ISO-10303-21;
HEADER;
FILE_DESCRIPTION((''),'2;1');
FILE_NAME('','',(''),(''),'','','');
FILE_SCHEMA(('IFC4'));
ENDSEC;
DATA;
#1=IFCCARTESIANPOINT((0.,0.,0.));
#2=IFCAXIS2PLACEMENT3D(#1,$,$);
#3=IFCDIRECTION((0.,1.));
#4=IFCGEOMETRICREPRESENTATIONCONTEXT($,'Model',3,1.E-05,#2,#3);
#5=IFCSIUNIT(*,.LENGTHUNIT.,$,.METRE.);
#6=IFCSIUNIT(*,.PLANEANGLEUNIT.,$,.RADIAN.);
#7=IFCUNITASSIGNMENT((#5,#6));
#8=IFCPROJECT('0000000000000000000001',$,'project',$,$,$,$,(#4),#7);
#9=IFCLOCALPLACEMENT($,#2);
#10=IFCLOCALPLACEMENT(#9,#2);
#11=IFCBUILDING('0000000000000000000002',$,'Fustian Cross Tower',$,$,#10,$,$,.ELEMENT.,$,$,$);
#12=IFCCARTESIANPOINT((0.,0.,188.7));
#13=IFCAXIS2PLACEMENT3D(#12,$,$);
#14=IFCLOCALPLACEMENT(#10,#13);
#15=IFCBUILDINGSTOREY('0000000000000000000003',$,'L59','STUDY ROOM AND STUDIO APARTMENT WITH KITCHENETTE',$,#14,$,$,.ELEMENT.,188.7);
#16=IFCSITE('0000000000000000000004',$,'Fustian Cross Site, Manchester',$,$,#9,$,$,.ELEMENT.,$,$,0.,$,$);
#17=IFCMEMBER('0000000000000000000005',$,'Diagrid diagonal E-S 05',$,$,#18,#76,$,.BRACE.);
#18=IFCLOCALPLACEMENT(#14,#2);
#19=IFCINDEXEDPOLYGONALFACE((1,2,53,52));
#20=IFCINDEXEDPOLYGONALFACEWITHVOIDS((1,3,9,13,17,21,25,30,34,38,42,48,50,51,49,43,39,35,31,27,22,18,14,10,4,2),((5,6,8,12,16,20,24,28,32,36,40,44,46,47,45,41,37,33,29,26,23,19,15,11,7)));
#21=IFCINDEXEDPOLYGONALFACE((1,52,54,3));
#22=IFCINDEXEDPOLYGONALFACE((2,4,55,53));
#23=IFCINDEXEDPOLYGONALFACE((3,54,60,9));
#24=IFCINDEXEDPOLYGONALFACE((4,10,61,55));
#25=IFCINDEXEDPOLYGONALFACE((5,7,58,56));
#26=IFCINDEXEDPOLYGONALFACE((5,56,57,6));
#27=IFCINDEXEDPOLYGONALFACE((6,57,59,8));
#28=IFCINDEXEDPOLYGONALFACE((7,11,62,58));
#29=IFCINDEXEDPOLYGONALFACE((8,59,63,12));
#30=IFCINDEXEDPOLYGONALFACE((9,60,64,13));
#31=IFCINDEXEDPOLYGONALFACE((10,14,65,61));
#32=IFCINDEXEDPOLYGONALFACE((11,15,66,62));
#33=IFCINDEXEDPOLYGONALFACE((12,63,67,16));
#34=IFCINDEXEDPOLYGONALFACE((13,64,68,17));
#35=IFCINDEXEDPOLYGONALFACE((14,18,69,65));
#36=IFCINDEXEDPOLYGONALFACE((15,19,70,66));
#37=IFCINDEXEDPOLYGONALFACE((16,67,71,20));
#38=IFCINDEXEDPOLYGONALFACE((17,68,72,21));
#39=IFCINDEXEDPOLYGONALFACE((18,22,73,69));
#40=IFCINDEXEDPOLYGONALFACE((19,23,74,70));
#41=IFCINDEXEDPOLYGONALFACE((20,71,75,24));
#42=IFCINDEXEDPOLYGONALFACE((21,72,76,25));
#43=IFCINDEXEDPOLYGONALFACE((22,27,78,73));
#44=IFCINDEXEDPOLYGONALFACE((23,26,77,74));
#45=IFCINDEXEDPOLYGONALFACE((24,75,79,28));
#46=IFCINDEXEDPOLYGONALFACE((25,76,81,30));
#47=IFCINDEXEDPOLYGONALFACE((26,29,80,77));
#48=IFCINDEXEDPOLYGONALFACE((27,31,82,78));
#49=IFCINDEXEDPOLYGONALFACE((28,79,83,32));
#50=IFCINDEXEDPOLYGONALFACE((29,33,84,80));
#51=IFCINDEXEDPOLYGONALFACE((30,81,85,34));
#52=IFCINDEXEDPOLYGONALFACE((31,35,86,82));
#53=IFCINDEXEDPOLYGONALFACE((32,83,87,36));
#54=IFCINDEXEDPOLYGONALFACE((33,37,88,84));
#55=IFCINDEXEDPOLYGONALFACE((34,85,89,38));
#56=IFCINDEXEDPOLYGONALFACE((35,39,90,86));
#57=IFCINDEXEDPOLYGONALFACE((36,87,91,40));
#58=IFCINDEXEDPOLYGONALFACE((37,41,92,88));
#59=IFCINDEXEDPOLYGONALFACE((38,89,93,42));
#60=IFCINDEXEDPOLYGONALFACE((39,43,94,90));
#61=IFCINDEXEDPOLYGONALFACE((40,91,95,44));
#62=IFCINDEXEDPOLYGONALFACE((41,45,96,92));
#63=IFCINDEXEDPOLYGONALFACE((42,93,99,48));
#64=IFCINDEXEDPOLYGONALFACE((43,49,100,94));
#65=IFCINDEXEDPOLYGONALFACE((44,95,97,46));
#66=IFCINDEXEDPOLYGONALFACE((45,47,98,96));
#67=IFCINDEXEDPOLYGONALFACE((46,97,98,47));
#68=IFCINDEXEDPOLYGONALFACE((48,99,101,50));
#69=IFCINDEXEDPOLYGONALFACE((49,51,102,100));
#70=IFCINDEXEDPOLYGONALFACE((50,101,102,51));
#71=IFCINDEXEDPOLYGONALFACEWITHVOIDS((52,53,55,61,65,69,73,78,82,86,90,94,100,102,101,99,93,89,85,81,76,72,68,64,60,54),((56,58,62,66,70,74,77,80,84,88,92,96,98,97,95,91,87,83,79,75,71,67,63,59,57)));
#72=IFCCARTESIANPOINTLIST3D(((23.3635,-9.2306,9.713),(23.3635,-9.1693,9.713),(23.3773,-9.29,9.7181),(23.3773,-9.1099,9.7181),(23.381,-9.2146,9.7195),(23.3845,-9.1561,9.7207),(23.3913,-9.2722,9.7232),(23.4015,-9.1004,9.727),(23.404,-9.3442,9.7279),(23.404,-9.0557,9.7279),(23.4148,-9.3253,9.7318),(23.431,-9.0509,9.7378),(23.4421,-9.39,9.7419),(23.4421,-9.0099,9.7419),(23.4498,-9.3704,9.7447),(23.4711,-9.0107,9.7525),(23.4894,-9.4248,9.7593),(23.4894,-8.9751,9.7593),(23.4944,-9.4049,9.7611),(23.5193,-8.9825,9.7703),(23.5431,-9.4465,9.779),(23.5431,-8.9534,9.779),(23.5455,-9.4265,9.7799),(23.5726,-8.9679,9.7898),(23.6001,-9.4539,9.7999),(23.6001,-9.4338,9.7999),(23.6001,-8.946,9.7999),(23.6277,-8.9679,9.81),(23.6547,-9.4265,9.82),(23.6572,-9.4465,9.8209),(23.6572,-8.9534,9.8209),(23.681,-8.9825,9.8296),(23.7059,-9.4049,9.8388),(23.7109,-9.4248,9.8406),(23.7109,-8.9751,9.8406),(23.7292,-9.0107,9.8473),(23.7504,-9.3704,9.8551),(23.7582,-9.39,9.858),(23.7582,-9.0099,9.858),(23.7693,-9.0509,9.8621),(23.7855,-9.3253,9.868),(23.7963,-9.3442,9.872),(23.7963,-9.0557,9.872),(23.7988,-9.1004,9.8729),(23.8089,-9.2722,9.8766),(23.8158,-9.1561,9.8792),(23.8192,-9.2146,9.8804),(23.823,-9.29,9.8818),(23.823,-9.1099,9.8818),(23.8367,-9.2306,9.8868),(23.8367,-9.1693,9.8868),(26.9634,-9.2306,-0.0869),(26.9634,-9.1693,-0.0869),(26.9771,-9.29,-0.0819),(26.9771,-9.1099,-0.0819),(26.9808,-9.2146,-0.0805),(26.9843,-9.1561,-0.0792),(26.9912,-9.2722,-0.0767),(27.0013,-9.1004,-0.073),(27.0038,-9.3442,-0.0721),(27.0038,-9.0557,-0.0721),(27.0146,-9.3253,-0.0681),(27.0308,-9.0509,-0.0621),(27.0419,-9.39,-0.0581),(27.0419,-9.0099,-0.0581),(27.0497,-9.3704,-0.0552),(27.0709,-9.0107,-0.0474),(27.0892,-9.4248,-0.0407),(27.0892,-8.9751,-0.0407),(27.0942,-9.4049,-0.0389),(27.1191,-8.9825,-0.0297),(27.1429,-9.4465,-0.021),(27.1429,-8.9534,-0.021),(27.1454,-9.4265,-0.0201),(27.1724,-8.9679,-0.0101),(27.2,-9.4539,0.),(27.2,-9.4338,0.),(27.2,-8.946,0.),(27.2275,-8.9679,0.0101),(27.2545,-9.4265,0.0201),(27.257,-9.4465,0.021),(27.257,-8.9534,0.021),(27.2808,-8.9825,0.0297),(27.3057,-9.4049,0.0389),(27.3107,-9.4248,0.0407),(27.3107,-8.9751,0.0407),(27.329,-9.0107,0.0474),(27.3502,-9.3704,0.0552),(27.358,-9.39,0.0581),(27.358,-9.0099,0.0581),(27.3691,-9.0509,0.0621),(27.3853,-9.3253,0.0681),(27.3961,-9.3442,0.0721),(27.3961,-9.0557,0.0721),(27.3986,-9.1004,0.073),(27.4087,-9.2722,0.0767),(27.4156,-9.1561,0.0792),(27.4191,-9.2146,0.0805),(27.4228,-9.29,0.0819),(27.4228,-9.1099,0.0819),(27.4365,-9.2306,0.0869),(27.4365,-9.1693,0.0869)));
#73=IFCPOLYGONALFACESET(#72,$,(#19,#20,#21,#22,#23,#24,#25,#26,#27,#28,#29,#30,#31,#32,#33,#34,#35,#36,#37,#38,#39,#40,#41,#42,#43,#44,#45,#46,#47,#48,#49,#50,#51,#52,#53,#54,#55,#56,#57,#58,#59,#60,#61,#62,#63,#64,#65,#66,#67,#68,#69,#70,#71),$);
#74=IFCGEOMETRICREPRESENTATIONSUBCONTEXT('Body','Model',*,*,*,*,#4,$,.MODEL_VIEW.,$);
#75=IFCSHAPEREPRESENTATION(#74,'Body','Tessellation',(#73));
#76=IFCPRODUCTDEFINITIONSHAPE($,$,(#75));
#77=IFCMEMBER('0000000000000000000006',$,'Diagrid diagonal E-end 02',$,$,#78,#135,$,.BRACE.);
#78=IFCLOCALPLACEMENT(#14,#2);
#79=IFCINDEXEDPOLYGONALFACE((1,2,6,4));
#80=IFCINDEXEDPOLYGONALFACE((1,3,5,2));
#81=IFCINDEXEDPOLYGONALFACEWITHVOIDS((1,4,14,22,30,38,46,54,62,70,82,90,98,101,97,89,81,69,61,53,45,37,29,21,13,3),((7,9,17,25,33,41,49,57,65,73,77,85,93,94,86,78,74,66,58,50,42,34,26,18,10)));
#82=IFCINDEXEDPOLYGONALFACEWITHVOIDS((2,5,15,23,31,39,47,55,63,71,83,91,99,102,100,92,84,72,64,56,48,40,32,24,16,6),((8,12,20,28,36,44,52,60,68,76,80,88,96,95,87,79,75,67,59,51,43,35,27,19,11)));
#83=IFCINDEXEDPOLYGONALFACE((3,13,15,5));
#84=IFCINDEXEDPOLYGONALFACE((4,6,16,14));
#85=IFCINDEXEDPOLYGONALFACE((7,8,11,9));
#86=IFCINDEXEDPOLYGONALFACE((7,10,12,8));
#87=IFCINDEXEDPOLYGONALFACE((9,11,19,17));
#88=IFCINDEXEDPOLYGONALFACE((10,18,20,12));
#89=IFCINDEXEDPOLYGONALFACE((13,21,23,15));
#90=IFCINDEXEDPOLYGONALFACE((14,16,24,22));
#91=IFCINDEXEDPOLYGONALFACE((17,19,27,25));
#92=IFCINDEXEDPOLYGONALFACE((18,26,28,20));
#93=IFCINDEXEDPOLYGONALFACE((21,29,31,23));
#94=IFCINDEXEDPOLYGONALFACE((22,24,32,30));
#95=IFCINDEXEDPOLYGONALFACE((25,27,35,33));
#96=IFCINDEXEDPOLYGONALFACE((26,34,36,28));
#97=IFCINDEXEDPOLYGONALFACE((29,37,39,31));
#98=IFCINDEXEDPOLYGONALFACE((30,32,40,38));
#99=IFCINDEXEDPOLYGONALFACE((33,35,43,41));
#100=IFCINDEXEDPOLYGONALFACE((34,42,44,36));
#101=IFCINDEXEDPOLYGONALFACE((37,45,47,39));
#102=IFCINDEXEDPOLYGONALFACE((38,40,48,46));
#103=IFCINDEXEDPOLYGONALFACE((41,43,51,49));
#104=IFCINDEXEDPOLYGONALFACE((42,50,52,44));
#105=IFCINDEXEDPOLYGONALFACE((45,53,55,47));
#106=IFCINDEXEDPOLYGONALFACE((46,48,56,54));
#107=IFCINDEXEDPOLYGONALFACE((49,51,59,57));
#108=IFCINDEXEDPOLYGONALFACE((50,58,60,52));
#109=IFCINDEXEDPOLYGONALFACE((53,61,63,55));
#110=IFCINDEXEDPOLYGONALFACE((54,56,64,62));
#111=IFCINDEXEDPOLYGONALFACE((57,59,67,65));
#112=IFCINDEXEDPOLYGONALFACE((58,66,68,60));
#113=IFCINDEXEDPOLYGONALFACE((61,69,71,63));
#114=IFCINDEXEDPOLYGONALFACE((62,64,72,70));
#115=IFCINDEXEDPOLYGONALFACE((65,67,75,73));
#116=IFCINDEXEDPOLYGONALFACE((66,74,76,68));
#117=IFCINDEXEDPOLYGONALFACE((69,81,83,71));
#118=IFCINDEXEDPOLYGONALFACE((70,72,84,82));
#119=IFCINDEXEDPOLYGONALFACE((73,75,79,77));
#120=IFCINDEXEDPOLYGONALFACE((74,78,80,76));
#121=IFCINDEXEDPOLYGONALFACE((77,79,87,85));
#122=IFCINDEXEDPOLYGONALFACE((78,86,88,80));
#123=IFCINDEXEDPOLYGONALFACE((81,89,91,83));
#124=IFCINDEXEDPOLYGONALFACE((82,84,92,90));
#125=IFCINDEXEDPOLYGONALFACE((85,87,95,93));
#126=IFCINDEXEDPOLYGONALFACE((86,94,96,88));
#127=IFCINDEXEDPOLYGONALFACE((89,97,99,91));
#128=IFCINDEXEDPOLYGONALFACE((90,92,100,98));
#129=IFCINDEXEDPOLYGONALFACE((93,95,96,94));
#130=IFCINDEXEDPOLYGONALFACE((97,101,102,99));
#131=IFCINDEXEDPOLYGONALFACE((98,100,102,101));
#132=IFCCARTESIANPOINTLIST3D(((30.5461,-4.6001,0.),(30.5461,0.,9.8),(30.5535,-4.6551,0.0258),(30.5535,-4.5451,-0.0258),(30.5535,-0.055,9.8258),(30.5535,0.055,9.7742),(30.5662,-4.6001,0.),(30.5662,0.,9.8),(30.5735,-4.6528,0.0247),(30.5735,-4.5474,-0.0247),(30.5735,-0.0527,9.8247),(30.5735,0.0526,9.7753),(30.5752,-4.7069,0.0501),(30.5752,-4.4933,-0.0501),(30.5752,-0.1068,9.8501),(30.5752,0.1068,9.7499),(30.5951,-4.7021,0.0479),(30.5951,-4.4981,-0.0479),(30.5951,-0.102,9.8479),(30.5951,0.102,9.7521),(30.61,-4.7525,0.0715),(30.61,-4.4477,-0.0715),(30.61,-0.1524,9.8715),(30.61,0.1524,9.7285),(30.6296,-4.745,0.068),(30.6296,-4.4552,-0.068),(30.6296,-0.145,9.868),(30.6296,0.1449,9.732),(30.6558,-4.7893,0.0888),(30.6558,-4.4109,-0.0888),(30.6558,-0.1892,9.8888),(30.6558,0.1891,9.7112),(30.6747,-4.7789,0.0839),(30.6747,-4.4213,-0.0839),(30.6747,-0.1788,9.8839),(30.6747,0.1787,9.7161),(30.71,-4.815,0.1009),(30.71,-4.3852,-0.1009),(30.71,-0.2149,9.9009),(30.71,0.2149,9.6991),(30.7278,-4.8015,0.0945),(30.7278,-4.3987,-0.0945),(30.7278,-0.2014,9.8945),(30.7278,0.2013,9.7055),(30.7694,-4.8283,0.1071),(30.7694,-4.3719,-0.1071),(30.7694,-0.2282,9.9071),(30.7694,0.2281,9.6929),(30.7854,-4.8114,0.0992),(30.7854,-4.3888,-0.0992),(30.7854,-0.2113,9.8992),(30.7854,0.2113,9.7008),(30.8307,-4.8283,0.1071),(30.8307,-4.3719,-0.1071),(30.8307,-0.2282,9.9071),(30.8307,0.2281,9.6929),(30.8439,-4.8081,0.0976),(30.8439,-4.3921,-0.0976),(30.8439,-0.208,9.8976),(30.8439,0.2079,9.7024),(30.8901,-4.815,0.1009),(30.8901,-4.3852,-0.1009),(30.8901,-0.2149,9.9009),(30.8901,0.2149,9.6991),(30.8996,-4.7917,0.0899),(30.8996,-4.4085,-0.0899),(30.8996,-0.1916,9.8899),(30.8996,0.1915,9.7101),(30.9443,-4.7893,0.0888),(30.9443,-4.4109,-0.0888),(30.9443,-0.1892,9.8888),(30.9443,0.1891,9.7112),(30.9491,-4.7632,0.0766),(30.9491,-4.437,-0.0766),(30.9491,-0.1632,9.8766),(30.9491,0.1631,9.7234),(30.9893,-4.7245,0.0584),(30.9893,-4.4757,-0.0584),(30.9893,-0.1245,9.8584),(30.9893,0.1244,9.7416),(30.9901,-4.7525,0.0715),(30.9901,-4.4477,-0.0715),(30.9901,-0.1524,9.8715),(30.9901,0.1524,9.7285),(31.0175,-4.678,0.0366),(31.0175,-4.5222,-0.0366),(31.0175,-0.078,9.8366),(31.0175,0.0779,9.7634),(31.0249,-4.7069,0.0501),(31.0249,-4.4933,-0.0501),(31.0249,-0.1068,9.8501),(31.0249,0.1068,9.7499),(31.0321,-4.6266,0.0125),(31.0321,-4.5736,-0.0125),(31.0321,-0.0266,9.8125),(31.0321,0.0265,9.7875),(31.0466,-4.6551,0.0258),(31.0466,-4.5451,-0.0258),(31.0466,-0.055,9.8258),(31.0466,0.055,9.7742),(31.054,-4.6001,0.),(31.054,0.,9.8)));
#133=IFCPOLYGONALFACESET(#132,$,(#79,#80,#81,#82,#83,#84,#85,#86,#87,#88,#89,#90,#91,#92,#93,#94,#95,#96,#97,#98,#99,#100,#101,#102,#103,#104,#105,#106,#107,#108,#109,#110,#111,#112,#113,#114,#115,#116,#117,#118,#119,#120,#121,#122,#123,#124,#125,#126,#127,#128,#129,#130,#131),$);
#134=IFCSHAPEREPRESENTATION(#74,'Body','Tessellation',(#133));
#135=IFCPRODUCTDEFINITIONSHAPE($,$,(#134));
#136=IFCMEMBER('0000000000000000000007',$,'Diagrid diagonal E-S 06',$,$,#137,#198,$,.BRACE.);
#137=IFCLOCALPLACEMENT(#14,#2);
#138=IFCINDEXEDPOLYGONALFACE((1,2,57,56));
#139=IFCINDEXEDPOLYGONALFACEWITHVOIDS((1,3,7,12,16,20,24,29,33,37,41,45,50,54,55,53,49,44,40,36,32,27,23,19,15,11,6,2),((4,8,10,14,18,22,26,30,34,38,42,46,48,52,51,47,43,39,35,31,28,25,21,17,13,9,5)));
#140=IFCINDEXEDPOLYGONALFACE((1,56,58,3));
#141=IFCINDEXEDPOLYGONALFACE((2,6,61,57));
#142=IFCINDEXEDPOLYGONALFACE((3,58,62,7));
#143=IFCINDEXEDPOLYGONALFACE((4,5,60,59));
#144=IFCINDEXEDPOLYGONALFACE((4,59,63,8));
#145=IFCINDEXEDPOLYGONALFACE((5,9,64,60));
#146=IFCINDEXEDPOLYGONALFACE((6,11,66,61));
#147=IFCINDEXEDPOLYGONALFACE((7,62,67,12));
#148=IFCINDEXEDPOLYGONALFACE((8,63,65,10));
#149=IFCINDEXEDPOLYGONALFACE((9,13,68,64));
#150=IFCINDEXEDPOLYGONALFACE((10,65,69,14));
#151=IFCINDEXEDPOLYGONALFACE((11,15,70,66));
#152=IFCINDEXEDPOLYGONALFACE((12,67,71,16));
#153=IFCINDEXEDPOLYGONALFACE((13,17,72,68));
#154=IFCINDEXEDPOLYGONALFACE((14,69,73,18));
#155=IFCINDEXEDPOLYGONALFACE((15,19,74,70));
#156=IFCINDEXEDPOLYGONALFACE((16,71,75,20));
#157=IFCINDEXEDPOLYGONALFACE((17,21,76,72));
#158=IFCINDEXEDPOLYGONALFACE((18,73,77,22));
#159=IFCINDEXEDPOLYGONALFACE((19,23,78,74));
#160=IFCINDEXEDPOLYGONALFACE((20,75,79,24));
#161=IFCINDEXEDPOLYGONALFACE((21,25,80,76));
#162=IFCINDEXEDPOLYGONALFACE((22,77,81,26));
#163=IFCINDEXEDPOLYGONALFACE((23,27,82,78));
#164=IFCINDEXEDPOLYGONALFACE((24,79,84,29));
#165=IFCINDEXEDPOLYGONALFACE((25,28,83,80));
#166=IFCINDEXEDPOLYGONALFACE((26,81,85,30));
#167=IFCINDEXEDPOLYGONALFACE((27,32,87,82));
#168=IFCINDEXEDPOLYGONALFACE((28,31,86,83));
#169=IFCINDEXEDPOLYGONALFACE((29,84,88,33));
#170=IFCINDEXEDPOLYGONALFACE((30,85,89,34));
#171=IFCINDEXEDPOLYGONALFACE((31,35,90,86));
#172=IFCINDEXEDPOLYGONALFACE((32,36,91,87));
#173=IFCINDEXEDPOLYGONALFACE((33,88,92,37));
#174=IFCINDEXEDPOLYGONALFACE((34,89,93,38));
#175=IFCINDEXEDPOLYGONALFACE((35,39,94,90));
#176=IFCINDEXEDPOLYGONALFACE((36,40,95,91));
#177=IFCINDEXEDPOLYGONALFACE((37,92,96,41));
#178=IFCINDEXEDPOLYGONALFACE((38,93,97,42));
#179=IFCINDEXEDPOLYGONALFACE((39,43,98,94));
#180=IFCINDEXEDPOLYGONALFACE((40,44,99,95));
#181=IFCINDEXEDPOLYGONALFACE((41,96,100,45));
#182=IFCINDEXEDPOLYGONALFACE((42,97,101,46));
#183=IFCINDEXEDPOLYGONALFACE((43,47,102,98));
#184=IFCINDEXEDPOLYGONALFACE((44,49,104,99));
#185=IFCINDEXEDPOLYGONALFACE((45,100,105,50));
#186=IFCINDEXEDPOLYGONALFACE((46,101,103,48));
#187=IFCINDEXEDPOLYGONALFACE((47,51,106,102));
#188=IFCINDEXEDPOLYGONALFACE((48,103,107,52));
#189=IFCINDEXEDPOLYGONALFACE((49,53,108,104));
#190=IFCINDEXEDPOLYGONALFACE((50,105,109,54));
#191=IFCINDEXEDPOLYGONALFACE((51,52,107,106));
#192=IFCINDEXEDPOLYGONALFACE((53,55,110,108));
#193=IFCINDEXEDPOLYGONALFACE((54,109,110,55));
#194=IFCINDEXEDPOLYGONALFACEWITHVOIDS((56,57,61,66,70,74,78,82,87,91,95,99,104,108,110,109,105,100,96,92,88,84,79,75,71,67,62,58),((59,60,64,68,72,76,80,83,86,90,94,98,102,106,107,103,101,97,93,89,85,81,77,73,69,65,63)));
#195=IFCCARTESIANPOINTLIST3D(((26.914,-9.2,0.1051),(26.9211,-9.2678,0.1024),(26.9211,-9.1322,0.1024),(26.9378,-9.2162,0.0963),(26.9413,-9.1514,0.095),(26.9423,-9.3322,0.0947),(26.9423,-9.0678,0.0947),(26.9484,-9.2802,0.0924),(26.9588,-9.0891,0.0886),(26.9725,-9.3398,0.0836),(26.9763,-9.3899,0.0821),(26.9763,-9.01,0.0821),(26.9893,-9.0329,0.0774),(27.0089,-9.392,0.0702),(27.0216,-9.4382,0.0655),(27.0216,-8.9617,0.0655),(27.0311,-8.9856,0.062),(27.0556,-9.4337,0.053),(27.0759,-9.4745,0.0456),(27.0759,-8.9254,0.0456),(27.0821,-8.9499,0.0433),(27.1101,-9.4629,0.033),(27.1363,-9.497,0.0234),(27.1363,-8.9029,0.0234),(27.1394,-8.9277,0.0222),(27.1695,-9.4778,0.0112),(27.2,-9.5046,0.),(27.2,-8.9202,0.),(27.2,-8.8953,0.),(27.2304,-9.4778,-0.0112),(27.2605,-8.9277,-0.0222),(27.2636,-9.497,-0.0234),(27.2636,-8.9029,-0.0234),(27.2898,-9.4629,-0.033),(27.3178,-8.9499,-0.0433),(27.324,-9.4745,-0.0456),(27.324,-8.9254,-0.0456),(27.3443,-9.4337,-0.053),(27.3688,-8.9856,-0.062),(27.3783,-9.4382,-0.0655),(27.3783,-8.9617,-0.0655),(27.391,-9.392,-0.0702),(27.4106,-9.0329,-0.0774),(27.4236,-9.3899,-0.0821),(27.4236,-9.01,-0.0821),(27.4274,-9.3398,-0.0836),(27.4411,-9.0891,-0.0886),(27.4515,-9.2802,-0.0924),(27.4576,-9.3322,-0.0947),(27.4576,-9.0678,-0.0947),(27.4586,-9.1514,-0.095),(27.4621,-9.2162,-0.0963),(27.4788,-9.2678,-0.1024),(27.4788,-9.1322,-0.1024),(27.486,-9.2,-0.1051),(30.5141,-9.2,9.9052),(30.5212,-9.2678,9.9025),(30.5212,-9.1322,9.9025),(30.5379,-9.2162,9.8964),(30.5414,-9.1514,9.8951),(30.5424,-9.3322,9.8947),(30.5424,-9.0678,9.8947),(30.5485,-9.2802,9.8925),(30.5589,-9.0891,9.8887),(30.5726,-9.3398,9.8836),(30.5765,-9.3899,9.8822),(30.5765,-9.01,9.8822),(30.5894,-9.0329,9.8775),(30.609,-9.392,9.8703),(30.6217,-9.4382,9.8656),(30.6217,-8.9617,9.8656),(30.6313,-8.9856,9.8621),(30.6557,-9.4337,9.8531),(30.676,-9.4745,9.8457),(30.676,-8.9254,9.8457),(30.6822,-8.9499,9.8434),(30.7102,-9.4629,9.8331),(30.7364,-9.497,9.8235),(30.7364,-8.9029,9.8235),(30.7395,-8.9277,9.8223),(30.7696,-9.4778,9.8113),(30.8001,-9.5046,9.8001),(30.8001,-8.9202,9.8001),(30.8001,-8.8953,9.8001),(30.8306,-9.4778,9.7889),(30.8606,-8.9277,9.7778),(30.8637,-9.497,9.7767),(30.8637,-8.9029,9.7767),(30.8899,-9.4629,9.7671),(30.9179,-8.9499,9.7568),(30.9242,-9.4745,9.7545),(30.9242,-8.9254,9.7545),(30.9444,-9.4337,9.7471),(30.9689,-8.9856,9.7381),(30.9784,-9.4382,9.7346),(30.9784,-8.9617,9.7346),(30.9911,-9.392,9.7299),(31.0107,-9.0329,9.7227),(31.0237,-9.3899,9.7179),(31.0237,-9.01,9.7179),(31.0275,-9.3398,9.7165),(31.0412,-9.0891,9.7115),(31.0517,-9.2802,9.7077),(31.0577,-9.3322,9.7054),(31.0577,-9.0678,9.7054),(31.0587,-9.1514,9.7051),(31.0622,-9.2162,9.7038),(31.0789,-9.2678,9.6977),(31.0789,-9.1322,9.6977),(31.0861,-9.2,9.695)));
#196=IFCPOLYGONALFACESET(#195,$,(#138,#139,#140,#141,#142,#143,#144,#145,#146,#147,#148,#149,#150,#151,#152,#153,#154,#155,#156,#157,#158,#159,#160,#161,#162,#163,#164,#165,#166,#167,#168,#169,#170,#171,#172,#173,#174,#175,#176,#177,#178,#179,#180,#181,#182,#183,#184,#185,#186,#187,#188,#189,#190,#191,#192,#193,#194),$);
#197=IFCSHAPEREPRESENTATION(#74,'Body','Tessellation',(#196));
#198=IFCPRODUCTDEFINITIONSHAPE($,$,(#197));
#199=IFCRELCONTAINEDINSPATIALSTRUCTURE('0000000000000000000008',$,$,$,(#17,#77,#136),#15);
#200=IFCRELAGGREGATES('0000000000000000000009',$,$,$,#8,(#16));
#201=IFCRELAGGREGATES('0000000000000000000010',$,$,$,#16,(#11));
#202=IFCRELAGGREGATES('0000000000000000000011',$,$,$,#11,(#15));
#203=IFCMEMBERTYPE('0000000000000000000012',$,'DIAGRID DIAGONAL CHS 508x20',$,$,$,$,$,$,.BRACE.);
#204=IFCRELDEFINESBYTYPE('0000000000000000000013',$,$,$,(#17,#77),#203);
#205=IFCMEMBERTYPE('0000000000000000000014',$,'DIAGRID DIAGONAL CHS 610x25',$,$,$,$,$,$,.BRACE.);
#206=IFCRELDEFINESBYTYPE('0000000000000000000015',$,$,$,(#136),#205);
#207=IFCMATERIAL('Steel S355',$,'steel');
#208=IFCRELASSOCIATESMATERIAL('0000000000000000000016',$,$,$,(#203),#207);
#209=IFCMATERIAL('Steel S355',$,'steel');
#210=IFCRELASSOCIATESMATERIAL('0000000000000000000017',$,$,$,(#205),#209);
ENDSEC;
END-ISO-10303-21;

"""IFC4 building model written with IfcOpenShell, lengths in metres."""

from ifc_helpers import new_model, si_unit, direction, frame, origin, origin_2d, place, context, subcontext, project, spatial, hollow_circle, extrude, material, material_profile, profile_set, type_object, element, save


model = new_model("IFC4")

# Units and contexts
model_context = context("Model", 3, precision=1e-05, world=origin(), true_north=direction((0.0, 1.0)))
body_context = subcontext(model_context, "Body", "Model", "MODEL_VIEW")
ifc_project = project(units=[si_unit("LENGTHUNIT", "METRE"), si_unit("PLANEANGLEUNIT", "RADIAN")], contexts=[model_context])

# Site, building, storey
site_placement = place(None, origin())
site = spatial("IfcSite", under=ifc_project, at=site_placement, Name="Fustian Cross Site, Manchester", CompositionType="ELEMENT", RefElevation=0.0)
building_placement = place(site_placement, origin())
building = spatial("IfcBuilding", under=site, at=building_placement, Name="Fustian Cross Tower", CompositionType="ELEMENT")
storey_placement = place(building_placement, frame((0.0, 0.0, 188.7)))
storey = spatial("IfcBuildingStorey", under=building, at=storey_placement, Name="L59", Description="STUDY ROOM AND STUDIO APARTMENT WITH KITCHENETTE", CompositionType="ELEMENT", Elevation=188.7)

# Members
ifc_material_1 = material(Name="Steel S355", Category="steel")
ifc_material_profile_1 = material_profile(ifc_material_1, hollow_circle(Radius=0.2539, WallThickness=0.02, at=origin_2d()), Name="CHS 508x20")
ifc_profile_set_1 = profile_set([ifc_material_profile_1], Name="Steel S355")
member_type_1 = type_object("IfcMemberType", Name="DIAGRID DIAGONAL CHS 508x20", PredefinedType="BRACE", material=ifc_profile_set_1)
member_1_placement = place(storey_placement, frame((27.2, -9.2, 0.0), z_axis=(-0.344804, 0.0, 0.938675), x_axis=(0.0, -1.0, 0.0)))
element("IfcMember", 1, at=member_1_placement, inside=storey, type_object=member_type_1, Name="Diagrid diagonal E-S 05", PredefinedType="BRACE", context=body_context, shape_type="SweptSolid", body=[
    extrude(hollow_circle(Radius=0.2539, WallThickness=0.02, at=origin_2d()), origin(), (0.0, 0.0, 1.0), 10.4402),
])
member_2_placement = place(storey_placement, frame((30.8, -4.6001, 0.0), z_axis=(0.0, 0.424913, 0.905234), x_axis=(-1.0, 0.0, 0.0)))
element("IfcMember", 2, at=member_2_placement, inside=storey, type_object=member_type_1, Name="Diagrid diagonal E-end 02", PredefinedType="BRACE", context=body_context, shape_type="SweptSolid", body=[
    extrude(hollow_circle(Radius=0.2539, WallThickness=0.02, at=origin_2d()), origin(), (0.0, 0.0, 1.0), 10.8259),
])
ifc_material_2 = material(Name="Steel S355", Category="steel")
ifc_material_profile_2 = material_profile(ifc_material_2, hollow_circle(Radius=0.3047, WallThickness=0.0249, at=origin_2d()), Name="CHS 610x25")
ifc_profile_set_2 = profile_set([ifc_material_profile_2], Name="Steel S355")
member_type_2 = type_object("IfcMemberType", Name="DIAGRID DIAGONAL CHS 610x25", PredefinedType="BRACE", material=ifc_profile_set_2)
member_3_placement = place(storey_placement, frame((27.2, -9.2, 0.0), z_axis=(0.344824, 0.0, 0.938667), x_axis=(0.0, 1.0, 0.0)))
element("IfcMember", 3, at=member_3_placement, inside=storey, type_object=member_type_2, Name="Diagrid diagonal E-S 06", PredefinedType="BRACE", context=body_context, shape_type="SweptSolid", body=[
    extrude(hollow_circle(Radius=0.3047, WallThickness=0.0249, at=origin_2d()), origin(), (0.0, 0.0, 1.0), 10.4404),
])

save(model, "model.ifc")
